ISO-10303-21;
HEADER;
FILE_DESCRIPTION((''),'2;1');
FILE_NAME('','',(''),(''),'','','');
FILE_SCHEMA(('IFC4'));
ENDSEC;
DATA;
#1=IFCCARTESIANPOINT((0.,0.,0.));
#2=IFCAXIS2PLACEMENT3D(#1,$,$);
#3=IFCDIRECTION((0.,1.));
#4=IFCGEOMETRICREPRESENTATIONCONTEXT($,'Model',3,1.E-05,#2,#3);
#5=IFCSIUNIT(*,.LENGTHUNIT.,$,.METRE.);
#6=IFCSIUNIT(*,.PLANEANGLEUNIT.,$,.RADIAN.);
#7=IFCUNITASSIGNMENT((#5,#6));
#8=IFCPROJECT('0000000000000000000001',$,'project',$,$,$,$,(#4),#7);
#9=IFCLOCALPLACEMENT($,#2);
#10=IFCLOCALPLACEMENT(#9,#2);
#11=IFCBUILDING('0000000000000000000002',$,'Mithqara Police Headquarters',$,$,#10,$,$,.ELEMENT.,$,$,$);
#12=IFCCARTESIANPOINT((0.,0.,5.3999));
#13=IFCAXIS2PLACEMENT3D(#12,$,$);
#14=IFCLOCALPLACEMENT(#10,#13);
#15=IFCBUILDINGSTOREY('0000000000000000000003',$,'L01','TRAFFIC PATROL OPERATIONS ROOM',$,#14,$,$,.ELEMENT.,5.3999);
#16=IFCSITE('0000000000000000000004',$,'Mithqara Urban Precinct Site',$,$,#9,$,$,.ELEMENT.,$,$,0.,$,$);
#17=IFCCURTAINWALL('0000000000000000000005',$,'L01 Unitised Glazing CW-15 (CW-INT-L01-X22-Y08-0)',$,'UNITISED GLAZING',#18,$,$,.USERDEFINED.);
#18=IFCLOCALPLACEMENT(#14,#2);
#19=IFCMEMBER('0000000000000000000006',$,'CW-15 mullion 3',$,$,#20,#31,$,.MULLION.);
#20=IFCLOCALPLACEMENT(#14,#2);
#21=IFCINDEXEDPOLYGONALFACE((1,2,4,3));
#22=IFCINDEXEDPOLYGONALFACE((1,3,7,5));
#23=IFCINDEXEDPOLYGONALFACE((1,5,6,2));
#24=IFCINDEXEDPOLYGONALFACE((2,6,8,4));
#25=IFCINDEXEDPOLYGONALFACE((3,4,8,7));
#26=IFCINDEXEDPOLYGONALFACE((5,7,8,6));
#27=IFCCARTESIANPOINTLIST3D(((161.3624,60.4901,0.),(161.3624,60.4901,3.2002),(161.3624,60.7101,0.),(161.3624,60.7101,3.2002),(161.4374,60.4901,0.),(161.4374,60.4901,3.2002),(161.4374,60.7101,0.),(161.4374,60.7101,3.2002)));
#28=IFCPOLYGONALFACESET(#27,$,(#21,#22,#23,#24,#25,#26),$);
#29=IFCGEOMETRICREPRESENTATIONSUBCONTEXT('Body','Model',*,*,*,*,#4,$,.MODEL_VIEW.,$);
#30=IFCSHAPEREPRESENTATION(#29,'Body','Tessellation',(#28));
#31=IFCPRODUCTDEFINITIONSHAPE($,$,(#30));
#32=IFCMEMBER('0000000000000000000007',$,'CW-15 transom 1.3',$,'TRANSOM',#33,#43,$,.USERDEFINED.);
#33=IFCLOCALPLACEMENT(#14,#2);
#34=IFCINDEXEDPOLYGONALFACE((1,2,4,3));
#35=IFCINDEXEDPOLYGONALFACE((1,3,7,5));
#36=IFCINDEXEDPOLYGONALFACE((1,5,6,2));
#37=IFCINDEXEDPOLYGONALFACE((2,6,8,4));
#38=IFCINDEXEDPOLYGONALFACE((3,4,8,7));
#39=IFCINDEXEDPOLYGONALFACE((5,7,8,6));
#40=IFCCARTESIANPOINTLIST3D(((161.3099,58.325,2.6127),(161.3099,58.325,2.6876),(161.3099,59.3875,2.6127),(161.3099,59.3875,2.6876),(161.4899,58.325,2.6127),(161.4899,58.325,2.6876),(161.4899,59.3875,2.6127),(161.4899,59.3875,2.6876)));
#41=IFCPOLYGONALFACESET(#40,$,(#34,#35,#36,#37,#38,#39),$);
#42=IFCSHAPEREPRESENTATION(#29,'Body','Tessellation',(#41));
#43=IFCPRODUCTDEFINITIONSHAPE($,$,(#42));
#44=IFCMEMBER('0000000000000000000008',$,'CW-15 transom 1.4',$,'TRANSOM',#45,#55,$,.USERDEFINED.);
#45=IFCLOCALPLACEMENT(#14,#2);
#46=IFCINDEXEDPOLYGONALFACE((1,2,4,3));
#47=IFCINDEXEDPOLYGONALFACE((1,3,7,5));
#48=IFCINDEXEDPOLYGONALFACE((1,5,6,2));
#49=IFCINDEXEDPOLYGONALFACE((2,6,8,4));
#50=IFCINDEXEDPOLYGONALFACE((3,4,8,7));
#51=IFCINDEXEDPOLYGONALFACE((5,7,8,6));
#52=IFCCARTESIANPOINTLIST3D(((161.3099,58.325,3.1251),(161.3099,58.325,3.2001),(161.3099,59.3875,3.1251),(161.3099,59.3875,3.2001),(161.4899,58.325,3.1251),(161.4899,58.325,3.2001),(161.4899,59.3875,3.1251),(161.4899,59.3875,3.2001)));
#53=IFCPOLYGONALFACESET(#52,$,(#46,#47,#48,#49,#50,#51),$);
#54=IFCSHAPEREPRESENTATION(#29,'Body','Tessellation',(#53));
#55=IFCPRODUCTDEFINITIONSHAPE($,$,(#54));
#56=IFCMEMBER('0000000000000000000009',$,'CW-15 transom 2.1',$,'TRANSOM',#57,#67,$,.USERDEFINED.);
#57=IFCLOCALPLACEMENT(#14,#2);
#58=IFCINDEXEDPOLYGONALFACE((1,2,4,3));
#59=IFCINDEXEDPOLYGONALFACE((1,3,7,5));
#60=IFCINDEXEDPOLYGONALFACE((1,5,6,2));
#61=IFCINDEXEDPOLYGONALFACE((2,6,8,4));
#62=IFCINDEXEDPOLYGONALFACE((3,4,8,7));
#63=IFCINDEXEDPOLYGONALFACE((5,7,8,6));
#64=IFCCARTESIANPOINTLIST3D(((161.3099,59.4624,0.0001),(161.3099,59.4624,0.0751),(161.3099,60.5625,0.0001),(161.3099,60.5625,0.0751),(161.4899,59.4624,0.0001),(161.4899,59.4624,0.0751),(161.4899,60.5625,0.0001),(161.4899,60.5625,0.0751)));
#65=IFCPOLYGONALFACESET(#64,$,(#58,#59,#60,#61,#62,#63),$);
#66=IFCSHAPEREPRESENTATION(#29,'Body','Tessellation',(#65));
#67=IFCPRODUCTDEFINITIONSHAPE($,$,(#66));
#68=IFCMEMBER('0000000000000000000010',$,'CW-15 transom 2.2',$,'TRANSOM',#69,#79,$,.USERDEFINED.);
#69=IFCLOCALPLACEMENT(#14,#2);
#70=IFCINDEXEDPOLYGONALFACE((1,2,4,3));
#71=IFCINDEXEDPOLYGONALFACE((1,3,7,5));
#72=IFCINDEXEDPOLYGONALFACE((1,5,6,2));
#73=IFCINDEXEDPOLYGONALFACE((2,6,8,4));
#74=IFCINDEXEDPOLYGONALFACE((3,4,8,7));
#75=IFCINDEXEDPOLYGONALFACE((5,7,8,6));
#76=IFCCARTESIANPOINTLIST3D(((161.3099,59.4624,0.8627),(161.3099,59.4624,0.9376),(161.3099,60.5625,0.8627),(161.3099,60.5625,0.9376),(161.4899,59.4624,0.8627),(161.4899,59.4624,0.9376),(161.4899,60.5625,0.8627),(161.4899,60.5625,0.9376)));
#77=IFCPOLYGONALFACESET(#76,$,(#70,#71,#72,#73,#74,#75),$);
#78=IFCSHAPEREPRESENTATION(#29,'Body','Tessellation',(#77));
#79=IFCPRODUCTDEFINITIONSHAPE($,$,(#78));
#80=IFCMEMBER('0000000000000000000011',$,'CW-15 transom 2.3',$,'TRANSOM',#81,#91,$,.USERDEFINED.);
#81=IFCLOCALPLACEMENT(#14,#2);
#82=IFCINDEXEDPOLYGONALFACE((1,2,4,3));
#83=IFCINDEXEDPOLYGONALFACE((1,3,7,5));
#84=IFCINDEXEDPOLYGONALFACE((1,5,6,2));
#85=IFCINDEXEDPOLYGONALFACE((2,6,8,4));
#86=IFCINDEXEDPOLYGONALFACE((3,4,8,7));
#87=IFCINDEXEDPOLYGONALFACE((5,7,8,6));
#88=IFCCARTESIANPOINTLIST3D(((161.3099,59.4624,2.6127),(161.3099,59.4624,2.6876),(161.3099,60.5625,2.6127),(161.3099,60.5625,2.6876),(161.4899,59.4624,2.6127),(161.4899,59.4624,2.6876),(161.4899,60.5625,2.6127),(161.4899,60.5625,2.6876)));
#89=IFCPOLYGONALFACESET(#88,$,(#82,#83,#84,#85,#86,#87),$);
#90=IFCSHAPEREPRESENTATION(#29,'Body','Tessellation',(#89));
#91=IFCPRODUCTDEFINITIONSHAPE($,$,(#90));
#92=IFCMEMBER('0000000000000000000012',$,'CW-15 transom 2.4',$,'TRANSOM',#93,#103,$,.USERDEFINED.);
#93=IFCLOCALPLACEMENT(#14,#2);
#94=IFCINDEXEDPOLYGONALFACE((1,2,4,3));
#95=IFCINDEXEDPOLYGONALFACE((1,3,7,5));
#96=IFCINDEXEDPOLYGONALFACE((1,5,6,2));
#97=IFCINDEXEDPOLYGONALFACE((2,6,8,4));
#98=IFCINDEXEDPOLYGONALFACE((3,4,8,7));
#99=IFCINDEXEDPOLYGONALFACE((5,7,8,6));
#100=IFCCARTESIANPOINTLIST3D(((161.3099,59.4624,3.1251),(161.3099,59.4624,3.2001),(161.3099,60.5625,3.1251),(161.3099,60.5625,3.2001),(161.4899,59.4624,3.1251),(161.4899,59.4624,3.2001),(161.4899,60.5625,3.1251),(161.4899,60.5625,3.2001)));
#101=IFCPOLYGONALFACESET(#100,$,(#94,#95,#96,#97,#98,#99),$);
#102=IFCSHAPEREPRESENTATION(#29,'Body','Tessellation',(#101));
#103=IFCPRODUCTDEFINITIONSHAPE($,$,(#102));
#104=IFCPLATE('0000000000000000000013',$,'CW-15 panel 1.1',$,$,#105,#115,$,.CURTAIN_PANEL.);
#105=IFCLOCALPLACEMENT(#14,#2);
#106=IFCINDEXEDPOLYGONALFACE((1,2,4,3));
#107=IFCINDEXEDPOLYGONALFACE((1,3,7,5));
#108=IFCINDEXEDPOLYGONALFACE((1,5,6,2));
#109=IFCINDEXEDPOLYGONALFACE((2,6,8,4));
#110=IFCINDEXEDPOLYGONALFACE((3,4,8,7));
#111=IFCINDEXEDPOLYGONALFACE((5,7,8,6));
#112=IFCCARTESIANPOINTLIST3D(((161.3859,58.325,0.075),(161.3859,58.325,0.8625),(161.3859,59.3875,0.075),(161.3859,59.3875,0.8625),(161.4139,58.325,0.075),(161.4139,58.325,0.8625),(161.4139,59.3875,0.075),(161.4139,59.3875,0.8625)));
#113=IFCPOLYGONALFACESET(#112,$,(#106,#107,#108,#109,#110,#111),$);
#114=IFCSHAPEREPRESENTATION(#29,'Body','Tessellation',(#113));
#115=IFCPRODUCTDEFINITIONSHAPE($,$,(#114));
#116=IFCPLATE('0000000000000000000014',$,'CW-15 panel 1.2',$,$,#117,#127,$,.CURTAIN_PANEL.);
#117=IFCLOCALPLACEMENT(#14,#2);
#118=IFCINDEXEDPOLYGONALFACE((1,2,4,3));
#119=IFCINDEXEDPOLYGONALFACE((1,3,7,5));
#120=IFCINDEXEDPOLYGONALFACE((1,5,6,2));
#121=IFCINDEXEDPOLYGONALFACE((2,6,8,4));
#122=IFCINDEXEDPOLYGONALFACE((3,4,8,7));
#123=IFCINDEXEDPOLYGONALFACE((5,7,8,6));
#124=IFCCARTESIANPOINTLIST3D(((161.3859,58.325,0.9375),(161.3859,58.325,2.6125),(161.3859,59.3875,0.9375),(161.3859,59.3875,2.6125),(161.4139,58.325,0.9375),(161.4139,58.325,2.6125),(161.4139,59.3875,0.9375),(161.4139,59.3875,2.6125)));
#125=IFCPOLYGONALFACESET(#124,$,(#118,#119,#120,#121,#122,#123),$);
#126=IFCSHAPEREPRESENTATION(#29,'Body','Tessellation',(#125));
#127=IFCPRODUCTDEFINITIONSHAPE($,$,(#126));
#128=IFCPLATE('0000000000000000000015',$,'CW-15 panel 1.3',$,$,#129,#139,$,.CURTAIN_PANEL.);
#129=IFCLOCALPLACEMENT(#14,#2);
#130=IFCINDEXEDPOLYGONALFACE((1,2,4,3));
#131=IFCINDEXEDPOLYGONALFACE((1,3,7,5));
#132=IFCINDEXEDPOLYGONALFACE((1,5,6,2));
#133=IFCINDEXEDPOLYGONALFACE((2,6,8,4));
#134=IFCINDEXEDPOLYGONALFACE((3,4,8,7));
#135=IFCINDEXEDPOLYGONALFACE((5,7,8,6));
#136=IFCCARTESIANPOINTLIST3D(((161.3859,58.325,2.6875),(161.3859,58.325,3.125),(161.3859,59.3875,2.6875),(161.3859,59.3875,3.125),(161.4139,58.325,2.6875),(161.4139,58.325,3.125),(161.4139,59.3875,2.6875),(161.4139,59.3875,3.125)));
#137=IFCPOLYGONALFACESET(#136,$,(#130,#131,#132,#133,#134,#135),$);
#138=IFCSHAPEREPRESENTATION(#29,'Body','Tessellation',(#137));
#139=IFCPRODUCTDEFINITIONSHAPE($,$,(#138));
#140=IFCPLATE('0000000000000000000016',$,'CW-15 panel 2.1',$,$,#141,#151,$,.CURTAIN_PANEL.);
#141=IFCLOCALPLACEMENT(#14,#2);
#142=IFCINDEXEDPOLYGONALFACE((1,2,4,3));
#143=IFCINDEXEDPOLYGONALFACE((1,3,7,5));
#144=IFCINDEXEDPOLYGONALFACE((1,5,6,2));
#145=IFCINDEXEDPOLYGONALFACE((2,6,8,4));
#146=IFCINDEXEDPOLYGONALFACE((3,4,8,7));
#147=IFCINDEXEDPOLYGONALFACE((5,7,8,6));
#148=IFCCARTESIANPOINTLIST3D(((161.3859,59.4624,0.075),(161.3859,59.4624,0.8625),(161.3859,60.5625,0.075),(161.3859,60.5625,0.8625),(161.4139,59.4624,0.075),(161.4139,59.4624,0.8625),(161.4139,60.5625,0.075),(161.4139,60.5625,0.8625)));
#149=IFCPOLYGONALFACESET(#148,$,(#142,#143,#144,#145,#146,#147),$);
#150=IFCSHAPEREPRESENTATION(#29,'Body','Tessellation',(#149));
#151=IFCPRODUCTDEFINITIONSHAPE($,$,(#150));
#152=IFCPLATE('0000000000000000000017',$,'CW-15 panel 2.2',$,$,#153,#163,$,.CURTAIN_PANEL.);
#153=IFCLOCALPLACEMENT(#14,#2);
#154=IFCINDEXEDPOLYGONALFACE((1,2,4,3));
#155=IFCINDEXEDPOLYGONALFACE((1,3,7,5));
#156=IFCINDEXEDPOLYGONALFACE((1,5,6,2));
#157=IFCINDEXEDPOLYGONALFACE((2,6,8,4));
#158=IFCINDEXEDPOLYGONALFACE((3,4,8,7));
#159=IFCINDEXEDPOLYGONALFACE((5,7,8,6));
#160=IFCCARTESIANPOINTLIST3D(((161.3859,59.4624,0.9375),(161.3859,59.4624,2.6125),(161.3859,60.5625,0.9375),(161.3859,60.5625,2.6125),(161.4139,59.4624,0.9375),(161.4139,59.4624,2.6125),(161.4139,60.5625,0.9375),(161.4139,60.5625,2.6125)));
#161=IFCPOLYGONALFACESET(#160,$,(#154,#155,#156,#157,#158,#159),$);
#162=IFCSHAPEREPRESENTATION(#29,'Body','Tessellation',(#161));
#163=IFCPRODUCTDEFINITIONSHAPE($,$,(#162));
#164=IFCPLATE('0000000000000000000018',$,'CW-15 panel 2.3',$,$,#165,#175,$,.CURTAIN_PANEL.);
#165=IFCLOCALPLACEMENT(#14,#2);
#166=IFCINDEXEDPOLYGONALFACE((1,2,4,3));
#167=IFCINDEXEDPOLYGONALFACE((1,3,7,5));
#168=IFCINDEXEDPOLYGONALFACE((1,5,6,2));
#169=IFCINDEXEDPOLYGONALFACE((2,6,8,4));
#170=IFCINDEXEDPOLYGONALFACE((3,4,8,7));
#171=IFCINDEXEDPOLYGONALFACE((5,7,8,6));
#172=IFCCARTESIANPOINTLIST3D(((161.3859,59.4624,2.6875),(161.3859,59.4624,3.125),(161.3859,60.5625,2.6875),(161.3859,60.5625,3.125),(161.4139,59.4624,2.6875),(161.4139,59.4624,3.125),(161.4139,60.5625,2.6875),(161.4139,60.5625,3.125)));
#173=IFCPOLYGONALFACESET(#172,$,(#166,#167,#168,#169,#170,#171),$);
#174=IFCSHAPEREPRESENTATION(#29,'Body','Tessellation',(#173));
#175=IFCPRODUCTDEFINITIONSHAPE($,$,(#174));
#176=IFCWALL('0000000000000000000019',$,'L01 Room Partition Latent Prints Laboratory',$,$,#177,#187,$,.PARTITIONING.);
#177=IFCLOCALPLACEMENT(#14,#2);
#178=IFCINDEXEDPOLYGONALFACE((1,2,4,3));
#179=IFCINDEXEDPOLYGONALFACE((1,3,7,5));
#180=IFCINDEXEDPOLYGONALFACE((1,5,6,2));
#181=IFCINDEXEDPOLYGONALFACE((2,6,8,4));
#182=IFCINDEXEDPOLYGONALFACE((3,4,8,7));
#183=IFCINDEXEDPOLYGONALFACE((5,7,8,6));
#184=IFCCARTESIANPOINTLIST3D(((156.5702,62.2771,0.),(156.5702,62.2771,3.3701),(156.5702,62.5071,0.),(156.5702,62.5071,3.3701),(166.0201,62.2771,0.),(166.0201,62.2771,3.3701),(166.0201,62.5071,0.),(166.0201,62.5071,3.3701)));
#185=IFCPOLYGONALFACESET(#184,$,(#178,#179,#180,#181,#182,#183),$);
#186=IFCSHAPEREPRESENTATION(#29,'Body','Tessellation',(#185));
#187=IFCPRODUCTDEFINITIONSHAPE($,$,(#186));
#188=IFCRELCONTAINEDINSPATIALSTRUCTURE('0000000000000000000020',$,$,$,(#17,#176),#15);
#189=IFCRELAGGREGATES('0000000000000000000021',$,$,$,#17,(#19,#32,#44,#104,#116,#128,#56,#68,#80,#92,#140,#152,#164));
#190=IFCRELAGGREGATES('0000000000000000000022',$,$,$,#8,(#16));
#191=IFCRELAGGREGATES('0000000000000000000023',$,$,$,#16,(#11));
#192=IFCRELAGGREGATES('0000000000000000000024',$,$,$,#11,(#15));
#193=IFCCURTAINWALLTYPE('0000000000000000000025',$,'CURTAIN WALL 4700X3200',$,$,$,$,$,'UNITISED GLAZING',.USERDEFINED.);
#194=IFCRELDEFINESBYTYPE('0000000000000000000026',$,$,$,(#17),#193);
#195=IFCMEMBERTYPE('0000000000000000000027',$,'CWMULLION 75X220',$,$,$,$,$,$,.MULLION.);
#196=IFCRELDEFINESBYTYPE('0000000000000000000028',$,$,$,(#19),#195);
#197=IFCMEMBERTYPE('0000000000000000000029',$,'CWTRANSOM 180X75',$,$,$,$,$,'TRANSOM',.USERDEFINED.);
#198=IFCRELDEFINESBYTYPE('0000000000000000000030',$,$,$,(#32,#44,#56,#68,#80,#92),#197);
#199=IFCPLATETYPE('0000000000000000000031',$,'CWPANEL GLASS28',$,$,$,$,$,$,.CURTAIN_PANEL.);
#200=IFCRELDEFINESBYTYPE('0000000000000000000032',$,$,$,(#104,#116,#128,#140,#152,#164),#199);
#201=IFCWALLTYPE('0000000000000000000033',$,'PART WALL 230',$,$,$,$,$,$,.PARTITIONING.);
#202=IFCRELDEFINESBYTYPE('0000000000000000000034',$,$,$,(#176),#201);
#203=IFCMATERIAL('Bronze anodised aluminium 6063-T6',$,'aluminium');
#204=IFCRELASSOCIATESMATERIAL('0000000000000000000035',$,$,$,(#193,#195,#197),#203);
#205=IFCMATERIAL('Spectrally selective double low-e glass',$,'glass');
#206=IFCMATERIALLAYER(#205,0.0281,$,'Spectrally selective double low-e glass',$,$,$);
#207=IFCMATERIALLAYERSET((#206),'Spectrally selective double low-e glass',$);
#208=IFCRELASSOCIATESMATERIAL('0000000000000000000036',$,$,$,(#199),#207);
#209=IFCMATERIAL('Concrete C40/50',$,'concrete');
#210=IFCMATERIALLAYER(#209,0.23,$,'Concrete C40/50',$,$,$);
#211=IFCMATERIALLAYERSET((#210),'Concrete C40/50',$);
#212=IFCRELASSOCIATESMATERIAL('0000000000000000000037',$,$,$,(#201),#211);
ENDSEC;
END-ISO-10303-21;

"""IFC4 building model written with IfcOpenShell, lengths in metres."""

from ifc_helpers import new_model, si_unit, direction, frame, frame_2d, origin, origin_2d, place, context, subcontext, project, spatial, rectangle, extrude, material, layer, layer_set, material_profile, profile_set, type_object, element, aggregate, save


model = new_model("IFC4")

# Units and contexts
model_context = context("Model", 3, precision=1e-05, world=origin(), true_north=direction((0.0, 1.0)))
body_context = subcontext(model_context, "Body", "Model", "MODEL_VIEW")
ifc_project = project(units=[si_unit("LENGTHUNIT", "METRE"), si_unit("PLANEANGLEUNIT", "RADIAN")], contexts=[model_context])

# Site, building, storey
site_placement = place(None, origin())
site = spatial("IfcSite", under=ifc_project, at=site_placement, Name="Mithqara Urban Precinct Site", CompositionType="ELEMENT", RefElevation=0.0)
building_placement = place(site_placement, origin())
building = spatial("IfcBuilding", under=site, at=building_placement, Name="Mithqara Police Headquarters", CompositionType="ELEMENT")
storey_placement = place(building_placement, frame((0.0, 0.0, 5.3999)))
storey = spatial("IfcBuildingStorey", under=building, at=storey_placement, Name="L01", Description="TRAFFIC PATROL OPERATIONS ROOM", CompositionType="ELEMENT", Elevation=5.3999)

# Shared definitions
ifc_material_1 = material(Name="Concrete C40/50", Category="concrete")

# Curtain wall, members, plates
ifc_material_2 = material(Name="Bronze anodised aluminium 6063-T6", Category="aluminium")
curtain_wall_type = type_object("IfcCurtainWallType", Name="CURTAIN WALL 4700X3200", ElementType="UNITISED GLAZING", PredefinedType="USERDEFINED", material=ifc_material_2)
curtain_wall_placement = place(storey_placement, origin())
curtain_wall = element("IfcCurtainWall", 1, at=curtain_wall_placement, inside=storey, type_object=curtain_wall_type, Name="L01 Unitised Glazing CW-15 (CW-INT-L01-X22-Y08-0)", ObjectType="UNITISED GLAZING", PredefinedType="USERDEFINED")
ifc_material_profile_1 = material_profile(ifc_material_2, rectangle(XDim=0.075, YDim=0.22, at=origin_2d()), Name="CWM 75x220")
ifc_profile_set_1 = profile_set([ifc_material_profile_1], Name="Bronze anodised aluminium 6063-T6")
member_type_1 = type_object("IfcMemberType", Name="CWMULLION 75X220", PredefinedType="MULLION", material=ifc_profile_set_1)
member_1_placement = place(storey_placement, frame((161.3999, 60.6001, 0.0), z_axis=(0.0, 0.0, 1.0), x_axis=(-1.0, 0.0, 0.0)))
member_1 = element("IfcMember", 2, at=member_1_placement, type_object=member_type_1, Name="CW-15 mullion 3", PredefinedType="MULLION", context=body_context, shape_type="SweptSolid", body=[
    extrude(rectangle(XDim=0.075, YDim=0.22, at=origin_2d()), origin(), (0.0, 0.0, 1.0), 3.2002),
])
ifc_material_profile_2 = material_profile(ifc_material_2, rectangle(XDim=0.1799, YDim=0.075, at=origin_2d()), Name="CWT 180x75")
ifc_profile_set_2 = profile_set([ifc_material_profile_2], Name="Bronze anodised aluminium 6063-T6")
member_type_2 = type_object("IfcMemberType", Name="CWTRANSOM 180X75", ElementType="TRANSOM", PredefinedType="USERDEFINED", material=ifc_profile_set_2)
member_2_placement = place(storey_placement, frame((161.3999, 58.325, 2.6501), z_axis=(0.0, 1.0, 0.0), x_axis=(-1.0, 0.0, 0.0)))
member_2 = element("IfcMember", 3, at=member_2_placement, type_object=member_type_2, Name="CW-15 transom 1.3", ObjectType="TRANSOM", PredefinedType="USERDEFINED", context=body_context, shape_type="SweptSolid", body=[
    extrude(rectangle(XDim=0.1799, YDim=0.075, at=origin_2d()), origin(), (0.0, 0.0, 1.0), 1.0625),
])
member_3_placement = place(storey_placement, frame((161.3999, 58.325, 3.1626), z_axis=(0.0, 1.0, 0.0), x_axis=(-1.0, 0.0, 0.0)))
member_3 = element("IfcMember", 4, at=member_3_placement, type_object=member_type_2, Name="CW-15 transom 1.4", ObjectType="TRANSOM", PredefinedType="USERDEFINED", context=body_context, shape_type="SweptSolid", body=[
    extrude(rectangle(XDim=0.1799, YDim=0.075, at=origin_2d()), origin(), (0.0, 0.0, 1.0), 1.0625),
])
member_4_placement = place(storey_placement, frame((161.3999, 59.4624, 0.0376), z_axis=(0.0, 1.0, 0.0), x_axis=(-1.0, 0.0, 0.0)))
member_4 = element("IfcMember", 5, at=member_4_placement, type_object=member_type_2, Name="CW-15 transom 2.1", ObjectType="TRANSOM", PredefinedType="USERDEFINED", context=body_context, shape_type="SweptSolid", body=[
    extrude(rectangle(XDim=0.1799, YDim=0.075, at=origin_2d()), origin(), (0.0, 0.0, 1.0), 1.1001),
])
member_5_placement = place(storey_placement, frame((161.3999, 59.4624, 0.9001), z_axis=(0.0, 1.0, 0.0), x_axis=(-1.0, 0.0, 0.0)))
member_5 = element("IfcMember", 6, at=member_5_placement, type_object=member_type_2, Name="CW-15 transom 2.2", ObjectType="TRANSOM", PredefinedType="USERDEFINED", context=body_context, shape_type="SweptSolid", body=[
    extrude(rectangle(XDim=0.1799, YDim=0.075, at=origin_2d()), origin(), (0.0, 0.0, 1.0), 1.1001),
])
member_6_placement = place(storey_placement, frame((161.3999, 59.4624, 2.6501), z_axis=(0.0, 1.0, 0.0), x_axis=(-1.0, 0.0, 0.0)))
member_6 = element("IfcMember", 7, at=member_6_placement, type_object=member_type_2, Name="CW-15 transom 2.3", ObjectType="TRANSOM", PredefinedType="USERDEFINED", context=body_context, shape_type="SweptSolid", body=[
    extrude(rectangle(XDim=0.1799, YDim=0.075, at=origin_2d()), origin(), (0.0, 0.0, 1.0), 1.1001),
])
member_7_placement = place(storey_placement, frame((161.3999, 59.4624, 3.1626), z_axis=(0.0, 1.0, 0.0), x_axis=(-1.0, 0.0, 0.0)))
member_7 = element("IfcMember", 8, at=member_7_placement, type_object=member_type_2, Name="CW-15 transom 2.4", ObjectType="TRANSOM", PredefinedType="USERDEFINED", context=body_context, shape_type="SweptSolid", body=[
    extrude(rectangle(XDim=0.1799, YDim=0.075, at=origin_2d()), origin(), (0.0, 0.0, 1.0), 1.1001),
])
ifc_material_3 = material(Name="Spectrally selective double low-e glass", Category="glass")
ifc_layer_1 = layer(ifc_material_3, 0.0281, Name="Spectrally selective double low-e glass")
ifc_layer_set_1 = layer_set([ifc_layer_1], Name="Spectrally selective double low-e glass")
plate_type = type_object("IfcPlateType", Name="CWPANEL GLASS28", PredefinedType="CURTAIN_PANEL", material=ifc_layer_set_1)
plate_1_placement = place(storey_placement, frame((161.3999, 58.8562, 0.075), z_axis=(0.0, 0.0, 1.0), x_axis=(0.0, 1.0, 0.0)))
plate_1 = element("IfcPlate", 9, at=plate_1_placement, type_object=plate_type, Name="CW-15 panel 1.1", PredefinedType="CURTAIN_PANEL", context=body_context, shape_type="SweptSolid", body=[
    extrude(rectangle(XDim=1.0625, YDim=0.0281, at=origin_2d()), origin(), (0.0, 0.0, 1.0), 0.7876),
])
plate_2_placement = place(storey_placement, frame((161.3999, 58.8562, 0.9375), z_axis=(0.0, 0.0, 1.0), x_axis=(0.0, 1.0, 0.0)))
plate_2 = element("IfcPlate", 10, at=plate_2_placement, type_object=plate_type, Name="CW-15 panel 1.2", PredefinedType="CURTAIN_PANEL", context=body_context, shape_type="SweptSolid", body=[
    extrude(rectangle(XDim=1.0625, YDim=0.0281, at=origin_2d()), origin(), (0.0, 0.0, 1.0), 1.675),
])
plate_3_placement = place(storey_placement, frame((161.3999, 58.8562, 2.6875), z_axis=(0.0, 0.0, 1.0), x_axis=(0.0, 1.0, 0.0)))
plate_3 = element("IfcPlate", 11, at=plate_3_placement, type_object=plate_type, Name="CW-15 panel 1.3", PredefinedType="CURTAIN_PANEL", context=body_context, shape_type="SweptSolid", body=[
    extrude(rectangle(XDim=1.0625, YDim=0.0281, at=origin_2d()), origin(), (0.0, 0.0, 1.0), 0.4375),
])
plate_4_placement = place(storey_placement, frame((161.3999, 60.0125, 0.075), z_axis=(0.0, 0.0, 1.0), x_axis=(0.0, 1.0, 0.0)))
plate_4 = element("IfcPlate", 12, at=plate_4_placement, type_object=plate_type, Name="CW-15 panel 2.1", PredefinedType="CURTAIN_PANEL", context=body_context, shape_type="SweptSolid", body=[
    extrude(rectangle(XDim=1.1001, YDim=0.0281, at=origin_2d()), origin(), (0.0, 0.0, 1.0), 0.7876),
])
plate_5_placement = place(storey_placement, frame((161.3999, 60.0125, 0.9375), z_axis=(0.0, 0.0, 1.0), x_axis=(0.0, 1.0, 0.0)))
plate_5 = element("IfcPlate", 13, at=plate_5_placement, type_object=plate_type, Name="CW-15 panel 2.2", PredefinedType="CURTAIN_PANEL", context=body_context, shape_type="SweptSolid", body=[
    extrude(rectangle(XDim=1.1001, YDim=0.0281, at=origin_2d()), origin(), (0.0, 0.0, 1.0), 1.675),
])
plate_6_placement = place(storey_placement, frame((161.3999, 60.0125, 2.6875), z_axis=(0.0, 0.0, 1.0), x_axis=(0.0, 1.0, 0.0)))
plate_6 = element("IfcPlate", 14, at=plate_6_placement, type_object=plate_type, Name="CW-15 panel 2.3", PredefinedType="CURTAIN_PANEL", context=body_context, shape_type="SweptSolid", body=[
    extrude(rectangle(XDim=1.1001, YDim=0.0281, at=origin_2d()), origin(), (0.0, 0.0, 1.0), 0.4375),
])
aggregate(curtain_wall, [member_1, member_2, member_3, plate_1, plate_2, plate_3, member_4, member_5, member_6, member_7, plate_4, plate_5, plate_6])

# Wall
ifc_layer_2 = layer(ifc_material_1, 0.23, Name="Concrete C40/50")
ifc_layer_set_2 = layer_set([ifc_layer_2], Name="Concrete C40/50")
wall_type = type_object("IfcWallType", Name="PART WALL 230", PredefinedType="PARTITIONING", material=ifc_layer_set_2)
wall_1_placement = place(storey_placement, frame((156.5701, 62.3921, 0.0), z_axis=(0.0, 0.0, 1.0), x_axis=(1.0, 0.0, 0.0)))
element("IfcWall", 15, at=wall_1_placement, inside=storey, type_object=wall_type, Name="L01 Room Partition Latent Prints Laboratory", PredefinedType="PARTITIONING", context=body_context, shape_type="SweptSolid", body=[
    extrude(rectangle(XDim=9.45, YDim=0.23, at=frame_2d((4.7251, 0.0))), origin(), (0.0, 0.0, 1.0), 3.3701),
])

save(model, "model.ifc")
